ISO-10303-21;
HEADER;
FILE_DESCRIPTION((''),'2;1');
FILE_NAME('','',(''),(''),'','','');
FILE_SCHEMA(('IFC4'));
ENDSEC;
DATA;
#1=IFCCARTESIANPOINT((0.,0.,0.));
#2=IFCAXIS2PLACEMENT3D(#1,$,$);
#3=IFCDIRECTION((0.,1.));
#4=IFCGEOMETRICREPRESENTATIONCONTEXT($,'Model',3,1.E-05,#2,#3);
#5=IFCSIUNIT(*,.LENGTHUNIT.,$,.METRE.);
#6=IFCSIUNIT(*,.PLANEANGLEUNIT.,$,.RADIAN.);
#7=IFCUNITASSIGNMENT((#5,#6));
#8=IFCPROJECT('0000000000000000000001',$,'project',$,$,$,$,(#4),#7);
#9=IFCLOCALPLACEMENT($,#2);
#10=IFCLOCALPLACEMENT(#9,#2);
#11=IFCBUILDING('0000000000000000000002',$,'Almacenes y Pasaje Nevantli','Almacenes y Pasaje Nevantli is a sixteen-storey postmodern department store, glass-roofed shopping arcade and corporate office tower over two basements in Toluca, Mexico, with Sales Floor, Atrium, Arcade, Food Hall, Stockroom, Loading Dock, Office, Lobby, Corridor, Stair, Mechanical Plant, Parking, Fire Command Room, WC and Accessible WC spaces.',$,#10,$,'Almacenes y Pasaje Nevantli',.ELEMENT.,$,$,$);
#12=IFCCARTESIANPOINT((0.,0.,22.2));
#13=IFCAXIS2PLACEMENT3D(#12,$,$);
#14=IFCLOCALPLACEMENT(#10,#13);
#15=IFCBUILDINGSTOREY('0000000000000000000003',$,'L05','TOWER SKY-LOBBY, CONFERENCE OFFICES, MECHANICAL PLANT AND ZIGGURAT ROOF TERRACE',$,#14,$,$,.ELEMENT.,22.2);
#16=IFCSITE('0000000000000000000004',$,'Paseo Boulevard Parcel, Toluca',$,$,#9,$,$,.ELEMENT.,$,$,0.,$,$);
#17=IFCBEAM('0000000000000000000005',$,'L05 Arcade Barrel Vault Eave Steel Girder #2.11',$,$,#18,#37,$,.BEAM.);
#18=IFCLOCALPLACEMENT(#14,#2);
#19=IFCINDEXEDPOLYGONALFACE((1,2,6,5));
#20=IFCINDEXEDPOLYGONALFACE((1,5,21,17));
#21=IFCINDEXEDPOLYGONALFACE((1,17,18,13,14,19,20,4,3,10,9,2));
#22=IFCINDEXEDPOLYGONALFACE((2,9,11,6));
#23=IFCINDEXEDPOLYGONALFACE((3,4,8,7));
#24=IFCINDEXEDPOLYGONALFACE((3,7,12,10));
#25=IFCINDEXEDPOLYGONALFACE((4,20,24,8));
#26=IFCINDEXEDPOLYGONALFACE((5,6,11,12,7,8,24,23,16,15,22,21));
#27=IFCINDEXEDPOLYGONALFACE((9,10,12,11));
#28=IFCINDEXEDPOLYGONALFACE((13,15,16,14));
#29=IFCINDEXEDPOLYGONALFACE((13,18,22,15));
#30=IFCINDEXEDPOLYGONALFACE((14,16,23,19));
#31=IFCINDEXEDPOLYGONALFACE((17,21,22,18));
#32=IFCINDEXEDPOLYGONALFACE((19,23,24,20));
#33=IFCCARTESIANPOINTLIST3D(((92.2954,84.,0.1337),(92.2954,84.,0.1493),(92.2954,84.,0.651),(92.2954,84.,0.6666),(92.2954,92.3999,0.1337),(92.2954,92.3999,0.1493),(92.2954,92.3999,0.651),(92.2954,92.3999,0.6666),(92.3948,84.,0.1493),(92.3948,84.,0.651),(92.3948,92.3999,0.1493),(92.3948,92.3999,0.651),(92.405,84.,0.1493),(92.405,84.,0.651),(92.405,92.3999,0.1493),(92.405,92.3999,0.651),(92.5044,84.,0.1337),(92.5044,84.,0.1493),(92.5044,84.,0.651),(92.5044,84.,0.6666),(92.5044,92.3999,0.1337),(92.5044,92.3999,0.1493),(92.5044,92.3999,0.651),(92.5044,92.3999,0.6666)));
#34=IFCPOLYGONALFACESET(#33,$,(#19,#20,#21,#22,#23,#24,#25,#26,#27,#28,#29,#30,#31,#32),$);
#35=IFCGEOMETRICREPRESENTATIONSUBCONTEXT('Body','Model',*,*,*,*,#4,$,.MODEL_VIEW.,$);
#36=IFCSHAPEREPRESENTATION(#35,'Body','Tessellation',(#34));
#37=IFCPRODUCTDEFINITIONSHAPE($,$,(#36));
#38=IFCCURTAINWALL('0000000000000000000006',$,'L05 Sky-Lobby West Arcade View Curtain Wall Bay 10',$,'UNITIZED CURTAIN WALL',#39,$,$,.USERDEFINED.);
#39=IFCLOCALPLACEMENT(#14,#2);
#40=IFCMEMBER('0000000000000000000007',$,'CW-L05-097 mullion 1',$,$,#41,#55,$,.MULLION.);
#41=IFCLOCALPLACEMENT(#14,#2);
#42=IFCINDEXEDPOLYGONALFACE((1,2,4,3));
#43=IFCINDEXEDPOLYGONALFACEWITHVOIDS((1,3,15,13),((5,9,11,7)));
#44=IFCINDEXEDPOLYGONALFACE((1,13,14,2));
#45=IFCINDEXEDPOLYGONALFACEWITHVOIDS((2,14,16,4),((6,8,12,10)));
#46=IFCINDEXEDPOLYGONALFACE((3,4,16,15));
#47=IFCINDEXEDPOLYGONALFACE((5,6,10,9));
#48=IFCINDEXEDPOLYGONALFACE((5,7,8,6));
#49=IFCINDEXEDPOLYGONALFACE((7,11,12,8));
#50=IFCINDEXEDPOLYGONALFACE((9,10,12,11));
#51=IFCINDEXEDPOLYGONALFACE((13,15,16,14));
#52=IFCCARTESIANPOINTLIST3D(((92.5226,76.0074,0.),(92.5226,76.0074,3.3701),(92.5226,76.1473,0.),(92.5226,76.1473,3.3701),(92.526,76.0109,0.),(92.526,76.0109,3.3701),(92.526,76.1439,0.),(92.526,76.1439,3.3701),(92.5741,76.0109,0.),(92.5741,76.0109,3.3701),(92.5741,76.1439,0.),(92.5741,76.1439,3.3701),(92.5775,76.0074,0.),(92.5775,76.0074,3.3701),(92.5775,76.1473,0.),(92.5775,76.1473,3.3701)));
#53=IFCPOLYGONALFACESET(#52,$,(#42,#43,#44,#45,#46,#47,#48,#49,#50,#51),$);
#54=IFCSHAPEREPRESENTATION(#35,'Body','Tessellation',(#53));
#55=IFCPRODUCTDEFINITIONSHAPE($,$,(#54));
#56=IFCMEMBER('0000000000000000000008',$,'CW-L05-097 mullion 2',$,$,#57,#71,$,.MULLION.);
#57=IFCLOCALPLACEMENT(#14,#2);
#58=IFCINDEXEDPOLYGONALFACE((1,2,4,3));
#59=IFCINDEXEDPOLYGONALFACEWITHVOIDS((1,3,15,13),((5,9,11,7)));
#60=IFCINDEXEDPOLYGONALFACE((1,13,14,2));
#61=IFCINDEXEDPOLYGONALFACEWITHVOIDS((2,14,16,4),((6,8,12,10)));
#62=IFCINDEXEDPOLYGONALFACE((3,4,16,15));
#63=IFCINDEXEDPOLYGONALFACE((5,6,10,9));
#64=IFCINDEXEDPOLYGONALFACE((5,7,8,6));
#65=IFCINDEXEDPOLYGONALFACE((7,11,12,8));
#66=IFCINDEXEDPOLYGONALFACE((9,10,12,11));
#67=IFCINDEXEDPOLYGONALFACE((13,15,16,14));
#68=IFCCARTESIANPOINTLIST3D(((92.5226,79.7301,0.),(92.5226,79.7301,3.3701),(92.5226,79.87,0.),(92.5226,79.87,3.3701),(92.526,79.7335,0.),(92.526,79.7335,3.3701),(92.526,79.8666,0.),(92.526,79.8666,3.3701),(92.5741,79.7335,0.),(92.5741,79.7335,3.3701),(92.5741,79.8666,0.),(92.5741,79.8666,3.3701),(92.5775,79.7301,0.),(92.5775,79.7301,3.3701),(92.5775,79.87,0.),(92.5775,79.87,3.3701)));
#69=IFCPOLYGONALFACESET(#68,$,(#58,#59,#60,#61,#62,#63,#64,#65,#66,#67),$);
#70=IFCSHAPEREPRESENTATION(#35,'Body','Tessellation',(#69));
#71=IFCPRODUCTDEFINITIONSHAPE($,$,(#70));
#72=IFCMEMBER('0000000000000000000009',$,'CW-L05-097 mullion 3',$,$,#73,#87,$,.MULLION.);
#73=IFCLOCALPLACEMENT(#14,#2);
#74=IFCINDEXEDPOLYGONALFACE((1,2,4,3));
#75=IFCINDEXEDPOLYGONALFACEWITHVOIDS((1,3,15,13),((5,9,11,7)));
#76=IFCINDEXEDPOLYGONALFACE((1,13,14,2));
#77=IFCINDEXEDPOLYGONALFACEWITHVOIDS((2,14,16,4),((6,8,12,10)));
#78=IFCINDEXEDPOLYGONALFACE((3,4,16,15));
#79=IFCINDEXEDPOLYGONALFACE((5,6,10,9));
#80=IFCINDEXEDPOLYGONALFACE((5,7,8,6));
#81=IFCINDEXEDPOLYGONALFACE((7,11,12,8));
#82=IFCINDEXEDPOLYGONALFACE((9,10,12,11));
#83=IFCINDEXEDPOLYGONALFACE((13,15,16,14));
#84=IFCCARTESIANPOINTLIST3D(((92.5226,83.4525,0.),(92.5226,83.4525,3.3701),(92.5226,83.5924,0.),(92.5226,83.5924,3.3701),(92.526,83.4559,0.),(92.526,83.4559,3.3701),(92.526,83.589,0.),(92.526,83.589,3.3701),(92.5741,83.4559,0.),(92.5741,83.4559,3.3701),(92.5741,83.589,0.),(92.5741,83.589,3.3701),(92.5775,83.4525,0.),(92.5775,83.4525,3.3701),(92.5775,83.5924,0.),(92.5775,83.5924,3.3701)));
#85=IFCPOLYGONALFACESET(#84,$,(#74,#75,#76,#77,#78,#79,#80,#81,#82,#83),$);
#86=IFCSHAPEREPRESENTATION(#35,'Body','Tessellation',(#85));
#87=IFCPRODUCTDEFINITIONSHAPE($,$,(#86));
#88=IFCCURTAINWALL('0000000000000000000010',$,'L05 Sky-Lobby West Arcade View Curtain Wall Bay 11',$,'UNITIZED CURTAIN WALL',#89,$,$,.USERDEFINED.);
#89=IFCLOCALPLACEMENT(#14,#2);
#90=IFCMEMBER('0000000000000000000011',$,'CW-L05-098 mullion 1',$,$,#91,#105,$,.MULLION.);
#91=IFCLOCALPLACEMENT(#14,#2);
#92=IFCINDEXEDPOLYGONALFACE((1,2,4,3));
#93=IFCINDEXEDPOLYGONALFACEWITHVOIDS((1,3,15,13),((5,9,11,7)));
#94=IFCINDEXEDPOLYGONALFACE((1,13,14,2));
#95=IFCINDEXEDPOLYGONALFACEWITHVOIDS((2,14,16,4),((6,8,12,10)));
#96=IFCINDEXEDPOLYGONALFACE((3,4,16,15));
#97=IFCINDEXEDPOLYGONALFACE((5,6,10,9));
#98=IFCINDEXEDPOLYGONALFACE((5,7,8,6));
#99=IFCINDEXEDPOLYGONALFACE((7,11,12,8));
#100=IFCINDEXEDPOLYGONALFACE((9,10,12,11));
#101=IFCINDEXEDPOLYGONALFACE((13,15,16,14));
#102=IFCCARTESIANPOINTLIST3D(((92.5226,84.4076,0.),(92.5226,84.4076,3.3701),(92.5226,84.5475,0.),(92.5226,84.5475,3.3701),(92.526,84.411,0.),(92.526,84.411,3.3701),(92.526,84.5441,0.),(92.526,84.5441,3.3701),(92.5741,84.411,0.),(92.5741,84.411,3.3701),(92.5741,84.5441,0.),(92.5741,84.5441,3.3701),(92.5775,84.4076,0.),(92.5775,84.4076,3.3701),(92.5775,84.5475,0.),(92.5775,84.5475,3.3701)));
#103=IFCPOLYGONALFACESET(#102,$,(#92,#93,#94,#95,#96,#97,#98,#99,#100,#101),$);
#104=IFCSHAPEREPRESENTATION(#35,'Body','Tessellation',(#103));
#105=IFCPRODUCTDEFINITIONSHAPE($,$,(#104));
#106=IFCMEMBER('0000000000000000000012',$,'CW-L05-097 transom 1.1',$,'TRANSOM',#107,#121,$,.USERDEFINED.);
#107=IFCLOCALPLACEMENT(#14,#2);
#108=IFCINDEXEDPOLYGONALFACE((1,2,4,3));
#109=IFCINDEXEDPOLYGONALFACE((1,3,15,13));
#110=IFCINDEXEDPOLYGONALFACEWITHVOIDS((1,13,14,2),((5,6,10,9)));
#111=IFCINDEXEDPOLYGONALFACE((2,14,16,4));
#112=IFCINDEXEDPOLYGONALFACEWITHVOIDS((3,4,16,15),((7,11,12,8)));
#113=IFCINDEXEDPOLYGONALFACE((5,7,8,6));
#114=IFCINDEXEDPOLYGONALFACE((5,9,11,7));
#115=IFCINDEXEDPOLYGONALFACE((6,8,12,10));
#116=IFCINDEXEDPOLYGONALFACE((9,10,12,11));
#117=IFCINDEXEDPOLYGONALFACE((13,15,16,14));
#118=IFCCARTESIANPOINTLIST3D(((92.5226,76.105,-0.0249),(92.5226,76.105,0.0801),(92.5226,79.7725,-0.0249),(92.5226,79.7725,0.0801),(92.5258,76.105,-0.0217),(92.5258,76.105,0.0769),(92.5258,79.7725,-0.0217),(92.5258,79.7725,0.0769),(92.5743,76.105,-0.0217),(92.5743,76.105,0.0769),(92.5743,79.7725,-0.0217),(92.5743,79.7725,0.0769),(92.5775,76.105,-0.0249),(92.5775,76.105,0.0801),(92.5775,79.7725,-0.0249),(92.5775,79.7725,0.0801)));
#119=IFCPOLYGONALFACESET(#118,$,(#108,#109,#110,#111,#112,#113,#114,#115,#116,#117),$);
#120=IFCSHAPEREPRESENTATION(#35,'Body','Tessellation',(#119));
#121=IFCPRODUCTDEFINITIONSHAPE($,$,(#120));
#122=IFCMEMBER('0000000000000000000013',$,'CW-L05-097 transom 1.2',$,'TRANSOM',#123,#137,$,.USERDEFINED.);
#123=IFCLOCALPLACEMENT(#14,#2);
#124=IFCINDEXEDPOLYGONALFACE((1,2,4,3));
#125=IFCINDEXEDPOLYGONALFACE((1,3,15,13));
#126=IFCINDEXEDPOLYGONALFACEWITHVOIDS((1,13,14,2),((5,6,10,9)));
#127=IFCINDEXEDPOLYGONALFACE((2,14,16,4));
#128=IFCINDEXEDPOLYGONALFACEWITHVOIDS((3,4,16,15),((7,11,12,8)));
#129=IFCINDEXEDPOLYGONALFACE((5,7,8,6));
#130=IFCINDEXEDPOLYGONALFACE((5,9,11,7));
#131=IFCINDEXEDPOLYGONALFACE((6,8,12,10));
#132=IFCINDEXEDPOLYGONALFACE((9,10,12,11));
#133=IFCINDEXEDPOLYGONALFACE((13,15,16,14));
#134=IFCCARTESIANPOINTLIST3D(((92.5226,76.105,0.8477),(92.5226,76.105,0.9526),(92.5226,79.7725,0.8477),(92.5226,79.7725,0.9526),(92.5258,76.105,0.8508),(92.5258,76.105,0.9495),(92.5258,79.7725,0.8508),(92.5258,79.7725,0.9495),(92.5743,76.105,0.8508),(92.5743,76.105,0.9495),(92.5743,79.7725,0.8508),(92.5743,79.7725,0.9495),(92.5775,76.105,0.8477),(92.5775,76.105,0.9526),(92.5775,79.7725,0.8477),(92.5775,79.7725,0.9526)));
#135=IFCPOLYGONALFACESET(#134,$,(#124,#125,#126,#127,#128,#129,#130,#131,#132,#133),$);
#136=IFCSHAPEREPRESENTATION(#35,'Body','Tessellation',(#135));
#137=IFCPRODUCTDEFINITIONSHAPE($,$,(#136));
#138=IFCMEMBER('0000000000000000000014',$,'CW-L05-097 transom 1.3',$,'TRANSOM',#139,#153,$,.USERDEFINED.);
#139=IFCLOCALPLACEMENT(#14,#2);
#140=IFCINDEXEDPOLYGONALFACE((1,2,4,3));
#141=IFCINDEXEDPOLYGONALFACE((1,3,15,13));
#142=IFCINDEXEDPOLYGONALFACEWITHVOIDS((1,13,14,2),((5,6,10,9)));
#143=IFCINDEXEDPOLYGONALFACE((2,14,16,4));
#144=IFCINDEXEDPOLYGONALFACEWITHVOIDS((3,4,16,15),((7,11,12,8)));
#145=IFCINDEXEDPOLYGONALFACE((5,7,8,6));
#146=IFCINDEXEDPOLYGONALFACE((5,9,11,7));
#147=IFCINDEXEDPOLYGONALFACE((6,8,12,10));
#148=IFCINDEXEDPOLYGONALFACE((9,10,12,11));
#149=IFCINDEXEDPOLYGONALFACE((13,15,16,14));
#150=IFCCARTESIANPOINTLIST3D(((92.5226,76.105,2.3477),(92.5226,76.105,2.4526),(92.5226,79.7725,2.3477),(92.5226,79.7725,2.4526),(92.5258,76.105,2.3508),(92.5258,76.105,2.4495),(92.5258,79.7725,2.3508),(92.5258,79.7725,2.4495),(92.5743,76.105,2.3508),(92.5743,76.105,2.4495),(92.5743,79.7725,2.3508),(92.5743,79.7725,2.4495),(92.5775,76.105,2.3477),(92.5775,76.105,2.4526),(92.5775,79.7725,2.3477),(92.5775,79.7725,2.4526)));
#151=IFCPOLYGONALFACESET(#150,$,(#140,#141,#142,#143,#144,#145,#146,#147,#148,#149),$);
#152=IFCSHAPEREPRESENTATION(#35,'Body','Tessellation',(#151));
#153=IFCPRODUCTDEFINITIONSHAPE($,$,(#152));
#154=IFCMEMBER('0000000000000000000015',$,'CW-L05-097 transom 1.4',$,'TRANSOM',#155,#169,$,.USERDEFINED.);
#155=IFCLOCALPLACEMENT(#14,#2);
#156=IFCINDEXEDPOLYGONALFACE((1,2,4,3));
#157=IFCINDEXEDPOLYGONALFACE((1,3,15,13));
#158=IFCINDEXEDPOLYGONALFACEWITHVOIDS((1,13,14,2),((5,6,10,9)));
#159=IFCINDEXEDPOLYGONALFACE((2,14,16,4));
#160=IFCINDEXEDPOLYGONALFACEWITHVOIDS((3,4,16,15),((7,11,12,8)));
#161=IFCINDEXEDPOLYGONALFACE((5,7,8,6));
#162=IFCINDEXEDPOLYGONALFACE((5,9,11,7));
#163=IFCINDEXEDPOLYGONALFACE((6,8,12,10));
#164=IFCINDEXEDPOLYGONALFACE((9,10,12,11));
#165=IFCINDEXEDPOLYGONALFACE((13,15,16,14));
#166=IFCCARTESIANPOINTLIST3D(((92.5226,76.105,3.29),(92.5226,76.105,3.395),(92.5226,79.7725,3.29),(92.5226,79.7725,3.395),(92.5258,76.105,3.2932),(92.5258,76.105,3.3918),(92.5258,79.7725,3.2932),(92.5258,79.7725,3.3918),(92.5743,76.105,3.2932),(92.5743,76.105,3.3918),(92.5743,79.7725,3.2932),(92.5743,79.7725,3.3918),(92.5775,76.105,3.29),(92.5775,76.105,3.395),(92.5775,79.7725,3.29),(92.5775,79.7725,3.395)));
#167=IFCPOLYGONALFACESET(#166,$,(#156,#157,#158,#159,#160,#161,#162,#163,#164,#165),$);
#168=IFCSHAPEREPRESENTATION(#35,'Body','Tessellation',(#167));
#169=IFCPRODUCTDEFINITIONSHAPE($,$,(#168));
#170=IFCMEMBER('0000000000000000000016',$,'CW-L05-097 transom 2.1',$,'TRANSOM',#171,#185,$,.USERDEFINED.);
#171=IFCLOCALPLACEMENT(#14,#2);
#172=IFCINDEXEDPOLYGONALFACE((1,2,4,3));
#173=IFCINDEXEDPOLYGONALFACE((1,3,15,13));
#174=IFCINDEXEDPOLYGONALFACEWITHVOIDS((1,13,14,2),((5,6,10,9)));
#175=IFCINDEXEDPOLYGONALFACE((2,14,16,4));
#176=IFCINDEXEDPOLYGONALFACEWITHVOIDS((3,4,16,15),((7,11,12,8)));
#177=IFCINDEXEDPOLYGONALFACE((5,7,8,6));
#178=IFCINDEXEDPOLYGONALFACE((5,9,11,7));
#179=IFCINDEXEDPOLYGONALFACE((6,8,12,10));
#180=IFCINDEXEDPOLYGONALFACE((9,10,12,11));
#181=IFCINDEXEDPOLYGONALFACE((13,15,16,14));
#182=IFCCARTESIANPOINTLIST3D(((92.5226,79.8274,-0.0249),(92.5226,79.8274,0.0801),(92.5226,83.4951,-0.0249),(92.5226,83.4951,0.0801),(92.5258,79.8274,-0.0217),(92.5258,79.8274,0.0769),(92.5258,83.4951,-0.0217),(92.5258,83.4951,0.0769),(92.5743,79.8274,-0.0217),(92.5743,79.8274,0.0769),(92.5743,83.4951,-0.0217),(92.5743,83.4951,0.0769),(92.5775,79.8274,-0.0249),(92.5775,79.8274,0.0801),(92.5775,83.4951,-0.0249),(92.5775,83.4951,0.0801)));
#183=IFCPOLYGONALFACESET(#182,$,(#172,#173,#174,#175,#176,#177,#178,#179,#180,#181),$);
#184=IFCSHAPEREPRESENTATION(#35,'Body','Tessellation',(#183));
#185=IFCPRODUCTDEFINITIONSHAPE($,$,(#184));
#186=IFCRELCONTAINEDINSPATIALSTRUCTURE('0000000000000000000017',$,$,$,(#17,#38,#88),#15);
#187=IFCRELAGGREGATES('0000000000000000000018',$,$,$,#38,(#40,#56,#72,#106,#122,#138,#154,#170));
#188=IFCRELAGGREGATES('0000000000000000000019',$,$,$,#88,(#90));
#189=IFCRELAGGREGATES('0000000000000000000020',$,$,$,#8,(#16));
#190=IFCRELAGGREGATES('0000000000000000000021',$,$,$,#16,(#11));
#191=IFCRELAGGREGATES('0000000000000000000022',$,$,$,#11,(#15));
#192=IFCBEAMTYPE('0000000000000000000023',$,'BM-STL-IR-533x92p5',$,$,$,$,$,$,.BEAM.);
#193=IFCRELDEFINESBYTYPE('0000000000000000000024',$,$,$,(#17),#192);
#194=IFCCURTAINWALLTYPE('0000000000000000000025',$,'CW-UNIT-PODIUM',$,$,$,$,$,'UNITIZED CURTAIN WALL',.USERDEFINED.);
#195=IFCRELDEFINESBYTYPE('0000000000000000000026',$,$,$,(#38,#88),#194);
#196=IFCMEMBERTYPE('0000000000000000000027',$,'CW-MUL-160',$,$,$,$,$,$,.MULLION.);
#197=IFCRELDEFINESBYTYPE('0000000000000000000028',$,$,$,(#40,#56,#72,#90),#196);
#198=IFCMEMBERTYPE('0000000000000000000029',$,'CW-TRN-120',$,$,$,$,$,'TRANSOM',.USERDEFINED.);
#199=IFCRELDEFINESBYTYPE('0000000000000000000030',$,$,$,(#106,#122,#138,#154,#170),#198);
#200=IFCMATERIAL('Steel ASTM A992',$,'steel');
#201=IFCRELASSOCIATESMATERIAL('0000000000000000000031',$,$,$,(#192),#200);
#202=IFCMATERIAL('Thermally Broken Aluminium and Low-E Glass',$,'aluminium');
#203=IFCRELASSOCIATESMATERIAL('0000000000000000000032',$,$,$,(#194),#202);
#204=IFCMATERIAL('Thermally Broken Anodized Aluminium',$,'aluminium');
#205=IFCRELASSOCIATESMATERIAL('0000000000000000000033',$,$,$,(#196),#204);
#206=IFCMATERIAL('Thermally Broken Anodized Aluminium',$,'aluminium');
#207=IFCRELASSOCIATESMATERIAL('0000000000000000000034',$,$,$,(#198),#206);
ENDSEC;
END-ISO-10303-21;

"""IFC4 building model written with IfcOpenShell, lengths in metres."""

from ifc_helpers import new_model, si_unit, direction, frame, origin, origin_2d, place, context, subcontext, project, spatial, hollow_rectangle, i_section, extrude, material, material_profile, profile_set, type_object, element, aggregate, save


model = new_model("IFC4")

# Units and contexts
model_context = context("Model", 3, precision=1e-05, world=origin(), true_north=direction((0.0, 1.0)))
body_context = subcontext(model_context, "Body", "Model", "MODEL_VIEW")
ifc_project = project(units=[si_unit("LENGTHUNIT", "METRE"), si_unit("PLANEANGLEUNIT", "RADIAN")], contexts=[model_context])

# Site, building, storey
site_placement = place(None, origin())
site = spatial("IfcSite", under=ifc_project, at=site_placement, Name="Paseo Boulevard Parcel, Toluca", CompositionType="ELEMENT", RefElevation=0.0)
building_placement = place(site_placement, origin())
building = spatial("IfcBuilding", under=site, at=building_placement, Name="Almacenes y Pasaje Nevantli", Description="Almacenes y Pasaje Nevantli is a sixteen-storey postmodern department store, glass-roofed shopping arcade and corporate office tower over two basements in Toluca, Mexico, with Sales Floor, Atrium, Arcade, Food Hall, Stockroom, Loading Dock, Office, Lobby, Corridor, Stair, Mechanical Plant, Parking, Fire Command Room, WC and Accessible WC spaces.", LongName="Almacenes y Pasaje Nevantli", CompositionType="ELEMENT")
storey_placement = place(building_placement, frame((0.0, 0.0, 22.2)))
storey = spatial("IfcBuildingStorey", under=building, at=storey_placement, Name="L05", Description="TOWER SKY-LOBBY, CONFERENCE OFFICES, MECHANICAL PLANT AND ZIGGURAT ROOF TERRACE", CompositionType="ELEMENT", Elevation=22.2)

# Beam
ifc_material_1 = material(Name="Steel ASTM A992", Category="steel")
ifc_material_profile_1 = material_profile(ifc_material_1, i_section(OverallWidth=0.209, OverallDepth=0.533, WebThickness=0.0103, FlangeThickness=0.0156, at=origin_2d()), Name="IR 533x92.5")
ifc_profile_set_1 = profile_set([ifc_material_profile_1], Name="Steel ASTM A992")
beam_type_1 = type_object("IfcBeamType", Name="BM-STL-IR-533x92p5", PredefinedType="BEAM", material=ifc_profile_set_1)
beam_1_placement = place(storey_placement, frame((92.3999, 84.0, 0.4001), z_axis=(0.0, 1.0, 0.0), x_axis=(-1.0, 0.0, 0.0)))
element("IfcBeam", 1, at=beam_1_placement, inside=storey, type_object=beam_type_1, Name="L05 Arcade Barrel Vault Eave Steel Girder #2.11", PredefinedType="BEAM", context=body_context, shape_type="SweptSolid", body=[
    extrude(i_section(OverallWidth=0.209, OverallDepth=0.533, WebThickness=0.0103, FlangeThickness=0.0156, at=origin_2d()), origin(), (0.0, 0.0, 1.0), 8.3999),
])

# Curtain wall, members
ifc_material_2 = material(Name="Thermally Broken Aluminium and Low-E Glass", Category="aluminium")
curtain_wall_type = type_object("IfcCurtainWallType", Name="CW-UNIT-PODIUM", ElementType="UNITIZED CURTAIN WALL", PredefinedType="USERDEFINED", material=ifc_material_2)
curtain_wall_1_placement = place(storey_placement, origin())
curtain_wall_1 = element("IfcCurtainWall", 2, at=curtain_wall_1_placement, inside=storey, type_object=curtain_wall_type, Name="L05 Sky-Lobby West Arcade View Curtain Wall Bay 10", ObjectType="UNITIZED CURTAIN WALL", PredefinedType="USERDEFINED")
ifc_material_3 = material(Name="Thermally Broken Anodized Aluminium", Category="aluminium")
ifc_material_profile_2 = material_profile(ifc_material_3, hollow_rectangle(XDim=0.0549, YDim=0.1399, WallThickness=0.0034, at=origin_2d()), Name="ALU-MUL-55x140")
ifc_profile_set_2 = profile_set([ifc_material_profile_2], Name="Thermally Broken Anodized Aluminium")
member_type_1 = type_object("IfcMemberType", Name="CW-MUL-160", PredefinedType="MULLION", material=ifc_profile_set_2)
member_1_placement = place(storey_placement, frame((92.55, 76.0774, 0.0), z_axis=(0.0, 0.0, 1.0), x_axis=(-1.0, 0.0, 0.0)))
member_1 = element("IfcMember", 3, at=member_1_placement, type_object=member_type_1, Name="CW-L05-097 mullion 1", PredefinedType="MULLION", context=body_context, shape_type="SweptSolid", body=[
    extrude(hollow_rectangle(XDim=0.0549, YDim=0.1399, WallThickness=0.0034, at=origin_2d()), origin(), (0.0, 0.0, 1.0), 3.3701),
])
member_2_placement = place(storey_placement, frame((92.55, 79.8, 0.0), z_axis=(0.0, 0.0, 1.0), x_axis=(-1.0, 0.0, 0.0)))
member_2 = element("IfcMember", 4, at=member_2_placement, type_object=member_type_1, Name="CW-L05-097 mullion 2", PredefinedType="MULLION", context=body_context, shape_type="SweptSolid", body=[
    extrude(hollow_rectangle(XDim=0.0549, YDim=0.1399, WallThickness=0.0034, at=origin_2d()), origin(), (0.0, 0.0, 1.0), 3.3701),
])
member_3_placement = place(storey_placement, frame((92.55, 83.5225, 0.0), z_axis=(0.0, 0.0, 1.0), x_axis=(-1.0, 0.0, 0.0)))
member_3 = element("IfcMember", 5, at=member_3_placement, type_object=member_type_1, Name="CW-L05-097 mullion 3", PredefinedType="MULLION", context=body_context, shape_type="SweptSolid", body=[
    extrude(hollow_rectangle(XDim=0.0549, YDim=0.1399, WallThickness=0.0034, at=origin_2d()), origin(), (0.0, 0.0, 1.0), 3.3701),
])

# Curtain wall, member
curtain_wall_2_placement = place(storey_placement, origin())
curtain_wall_2 = element("IfcCurtainWall", 6, at=curtain_wall_2_placement, inside=storey, type_object=curtain_wall_type, Name="L05 Sky-Lobby West Arcade View Curtain Wall Bay 11", ObjectType="UNITIZED CURTAIN WALL", PredefinedType="USERDEFINED")
member_4_placement = place(storey_placement, frame((92.55, 84.4775, 0.0), z_axis=(0.0, 0.0, 1.0), x_axis=(-1.0, 0.0, 0.0)))
member_4 = element("IfcMember", 7, at=member_4_placement, type_object=member_type_1, Name="CW-L05-098 mullion 1", PredefinedType="MULLION", context=body_context, shape_type="SweptSolid", body=[
    extrude(hollow_rectangle(XDim=0.0549, YDim=0.1399, WallThickness=0.0034, at=origin_2d()), origin(), (0.0, 0.0, 1.0), 3.3701),
])

# Members
ifc_material_4 = material(Name="Thermally Broken Anodized Aluminium", Category="aluminium")
ifc_material_profile_3 = material_profile(ifc_material_4, hollow_rectangle(XDim=0.0549, YDim=0.105, WallThickness=0.0032, at=origin_2d()), Name="ALU-TRN-55x105")
ifc_profile_set_3 = profile_set([ifc_material_profile_3], Name="Thermally Broken Anodized Aluminium")
member_type_2 = type_object("IfcMemberType", Name="CW-TRN-120", ElementType="TRANSOM", PredefinedType="USERDEFINED", material=ifc_profile_set_3)
member_5_placement = place(storey_placement, frame((92.55, 76.105, 0.0276), z_axis=(0.0, 1.0, 0.0), x_axis=(-1.0, 0.0, 0.0)))
member_5 = element("IfcMember", 8, at=member_5_placement, type_object=member_type_2, Name="CW-L05-097 transom 1.1", ObjectType="TRANSOM", PredefinedType="USERDEFINED", context=body_context, shape_type="SweptSolid", body=[
    extrude(hollow_rectangle(XDim=0.0549, YDim=0.105, WallThickness=0.0032, at=origin_2d()), origin(), (0.0, 0.0, 1.0), 3.6675),
])
member_6_placement = place(storey_placement, frame((92.55, 76.105, 0.9001), z_axis=(0.0, 1.0, 0.0), x_axis=(-1.0, 0.0, 0.0)))
member_6 = element("IfcMember", 9, at=member_6_placement, type_object=member_type_2, Name="CW-L05-097 transom 1.2", ObjectType="TRANSOM", PredefinedType="USERDEFINED", context=body_context, shape_type="SweptSolid", body=[
    extrude(hollow_rectangle(XDim=0.0549, YDim=0.105, WallThickness=0.0032, at=origin_2d()), origin(), (0.0, 0.0, 1.0), 3.6675),
])
member_7_placement = place(storey_placement, frame((92.55, 76.105, 2.4001), z_axis=(0.0, 1.0, 0.0), x_axis=(-1.0, 0.0, 0.0)))
member_7 = element("IfcMember", 10, at=member_7_placement, type_object=member_type_2, Name="CW-L05-097 transom 1.3", ObjectType="TRANSOM", PredefinedType="USERDEFINED", context=body_context, shape_type="SweptSolid", body=[
    extrude(hollow_rectangle(XDim=0.0549, YDim=0.105, WallThickness=0.0032, at=origin_2d()), origin(), (0.0, 0.0, 1.0), 3.6675),
])
member_8_placement = place(storey_placement, frame((92.55, 76.105, 3.3425), z_axis=(0.0, 1.0, 0.0), x_axis=(-1.0, 0.0, 0.0)))
member_8 = element("IfcMember", 11, at=member_8_placement, type_object=member_type_2, Name="CW-L05-097 transom 1.4", ObjectType="TRANSOM", PredefinedType="USERDEFINED", context=body_context, shape_type="SweptSolid", body=[
    extrude(hollow_rectangle(XDim=0.0549, YDim=0.105, WallThickness=0.0032, at=origin_2d()), origin(), (0.0, 0.0, 1.0), 3.6675),
])
member_9_placement = place(storey_placement, frame((92.55, 79.8274, 0.0276), z_axis=(0.0, 1.0, 0.0), x_axis=(-1.0, 0.0, 0.0)))
member_9 = element("IfcMember", 12, at=member_9_placement, type_object=member_type_2, Name="CW-L05-097 transom 2.1", ObjectType="TRANSOM", PredefinedType="USERDEFINED", context=body_context, shape_type="SweptSolid", body=[
    extrude(hollow_rectangle(XDim=0.0549, YDim=0.105, WallThickness=0.0032, at=origin_2d()), origin(), (0.0, 0.0, 1.0), 3.6677),
])

aggregate(curtain_wall_1, [member_1, member_2, member_3, member_5, member_6, member_7, member_8, member_9])
aggregate(curtain_wall_2, [member_4])

save(model, "model.ifc")
